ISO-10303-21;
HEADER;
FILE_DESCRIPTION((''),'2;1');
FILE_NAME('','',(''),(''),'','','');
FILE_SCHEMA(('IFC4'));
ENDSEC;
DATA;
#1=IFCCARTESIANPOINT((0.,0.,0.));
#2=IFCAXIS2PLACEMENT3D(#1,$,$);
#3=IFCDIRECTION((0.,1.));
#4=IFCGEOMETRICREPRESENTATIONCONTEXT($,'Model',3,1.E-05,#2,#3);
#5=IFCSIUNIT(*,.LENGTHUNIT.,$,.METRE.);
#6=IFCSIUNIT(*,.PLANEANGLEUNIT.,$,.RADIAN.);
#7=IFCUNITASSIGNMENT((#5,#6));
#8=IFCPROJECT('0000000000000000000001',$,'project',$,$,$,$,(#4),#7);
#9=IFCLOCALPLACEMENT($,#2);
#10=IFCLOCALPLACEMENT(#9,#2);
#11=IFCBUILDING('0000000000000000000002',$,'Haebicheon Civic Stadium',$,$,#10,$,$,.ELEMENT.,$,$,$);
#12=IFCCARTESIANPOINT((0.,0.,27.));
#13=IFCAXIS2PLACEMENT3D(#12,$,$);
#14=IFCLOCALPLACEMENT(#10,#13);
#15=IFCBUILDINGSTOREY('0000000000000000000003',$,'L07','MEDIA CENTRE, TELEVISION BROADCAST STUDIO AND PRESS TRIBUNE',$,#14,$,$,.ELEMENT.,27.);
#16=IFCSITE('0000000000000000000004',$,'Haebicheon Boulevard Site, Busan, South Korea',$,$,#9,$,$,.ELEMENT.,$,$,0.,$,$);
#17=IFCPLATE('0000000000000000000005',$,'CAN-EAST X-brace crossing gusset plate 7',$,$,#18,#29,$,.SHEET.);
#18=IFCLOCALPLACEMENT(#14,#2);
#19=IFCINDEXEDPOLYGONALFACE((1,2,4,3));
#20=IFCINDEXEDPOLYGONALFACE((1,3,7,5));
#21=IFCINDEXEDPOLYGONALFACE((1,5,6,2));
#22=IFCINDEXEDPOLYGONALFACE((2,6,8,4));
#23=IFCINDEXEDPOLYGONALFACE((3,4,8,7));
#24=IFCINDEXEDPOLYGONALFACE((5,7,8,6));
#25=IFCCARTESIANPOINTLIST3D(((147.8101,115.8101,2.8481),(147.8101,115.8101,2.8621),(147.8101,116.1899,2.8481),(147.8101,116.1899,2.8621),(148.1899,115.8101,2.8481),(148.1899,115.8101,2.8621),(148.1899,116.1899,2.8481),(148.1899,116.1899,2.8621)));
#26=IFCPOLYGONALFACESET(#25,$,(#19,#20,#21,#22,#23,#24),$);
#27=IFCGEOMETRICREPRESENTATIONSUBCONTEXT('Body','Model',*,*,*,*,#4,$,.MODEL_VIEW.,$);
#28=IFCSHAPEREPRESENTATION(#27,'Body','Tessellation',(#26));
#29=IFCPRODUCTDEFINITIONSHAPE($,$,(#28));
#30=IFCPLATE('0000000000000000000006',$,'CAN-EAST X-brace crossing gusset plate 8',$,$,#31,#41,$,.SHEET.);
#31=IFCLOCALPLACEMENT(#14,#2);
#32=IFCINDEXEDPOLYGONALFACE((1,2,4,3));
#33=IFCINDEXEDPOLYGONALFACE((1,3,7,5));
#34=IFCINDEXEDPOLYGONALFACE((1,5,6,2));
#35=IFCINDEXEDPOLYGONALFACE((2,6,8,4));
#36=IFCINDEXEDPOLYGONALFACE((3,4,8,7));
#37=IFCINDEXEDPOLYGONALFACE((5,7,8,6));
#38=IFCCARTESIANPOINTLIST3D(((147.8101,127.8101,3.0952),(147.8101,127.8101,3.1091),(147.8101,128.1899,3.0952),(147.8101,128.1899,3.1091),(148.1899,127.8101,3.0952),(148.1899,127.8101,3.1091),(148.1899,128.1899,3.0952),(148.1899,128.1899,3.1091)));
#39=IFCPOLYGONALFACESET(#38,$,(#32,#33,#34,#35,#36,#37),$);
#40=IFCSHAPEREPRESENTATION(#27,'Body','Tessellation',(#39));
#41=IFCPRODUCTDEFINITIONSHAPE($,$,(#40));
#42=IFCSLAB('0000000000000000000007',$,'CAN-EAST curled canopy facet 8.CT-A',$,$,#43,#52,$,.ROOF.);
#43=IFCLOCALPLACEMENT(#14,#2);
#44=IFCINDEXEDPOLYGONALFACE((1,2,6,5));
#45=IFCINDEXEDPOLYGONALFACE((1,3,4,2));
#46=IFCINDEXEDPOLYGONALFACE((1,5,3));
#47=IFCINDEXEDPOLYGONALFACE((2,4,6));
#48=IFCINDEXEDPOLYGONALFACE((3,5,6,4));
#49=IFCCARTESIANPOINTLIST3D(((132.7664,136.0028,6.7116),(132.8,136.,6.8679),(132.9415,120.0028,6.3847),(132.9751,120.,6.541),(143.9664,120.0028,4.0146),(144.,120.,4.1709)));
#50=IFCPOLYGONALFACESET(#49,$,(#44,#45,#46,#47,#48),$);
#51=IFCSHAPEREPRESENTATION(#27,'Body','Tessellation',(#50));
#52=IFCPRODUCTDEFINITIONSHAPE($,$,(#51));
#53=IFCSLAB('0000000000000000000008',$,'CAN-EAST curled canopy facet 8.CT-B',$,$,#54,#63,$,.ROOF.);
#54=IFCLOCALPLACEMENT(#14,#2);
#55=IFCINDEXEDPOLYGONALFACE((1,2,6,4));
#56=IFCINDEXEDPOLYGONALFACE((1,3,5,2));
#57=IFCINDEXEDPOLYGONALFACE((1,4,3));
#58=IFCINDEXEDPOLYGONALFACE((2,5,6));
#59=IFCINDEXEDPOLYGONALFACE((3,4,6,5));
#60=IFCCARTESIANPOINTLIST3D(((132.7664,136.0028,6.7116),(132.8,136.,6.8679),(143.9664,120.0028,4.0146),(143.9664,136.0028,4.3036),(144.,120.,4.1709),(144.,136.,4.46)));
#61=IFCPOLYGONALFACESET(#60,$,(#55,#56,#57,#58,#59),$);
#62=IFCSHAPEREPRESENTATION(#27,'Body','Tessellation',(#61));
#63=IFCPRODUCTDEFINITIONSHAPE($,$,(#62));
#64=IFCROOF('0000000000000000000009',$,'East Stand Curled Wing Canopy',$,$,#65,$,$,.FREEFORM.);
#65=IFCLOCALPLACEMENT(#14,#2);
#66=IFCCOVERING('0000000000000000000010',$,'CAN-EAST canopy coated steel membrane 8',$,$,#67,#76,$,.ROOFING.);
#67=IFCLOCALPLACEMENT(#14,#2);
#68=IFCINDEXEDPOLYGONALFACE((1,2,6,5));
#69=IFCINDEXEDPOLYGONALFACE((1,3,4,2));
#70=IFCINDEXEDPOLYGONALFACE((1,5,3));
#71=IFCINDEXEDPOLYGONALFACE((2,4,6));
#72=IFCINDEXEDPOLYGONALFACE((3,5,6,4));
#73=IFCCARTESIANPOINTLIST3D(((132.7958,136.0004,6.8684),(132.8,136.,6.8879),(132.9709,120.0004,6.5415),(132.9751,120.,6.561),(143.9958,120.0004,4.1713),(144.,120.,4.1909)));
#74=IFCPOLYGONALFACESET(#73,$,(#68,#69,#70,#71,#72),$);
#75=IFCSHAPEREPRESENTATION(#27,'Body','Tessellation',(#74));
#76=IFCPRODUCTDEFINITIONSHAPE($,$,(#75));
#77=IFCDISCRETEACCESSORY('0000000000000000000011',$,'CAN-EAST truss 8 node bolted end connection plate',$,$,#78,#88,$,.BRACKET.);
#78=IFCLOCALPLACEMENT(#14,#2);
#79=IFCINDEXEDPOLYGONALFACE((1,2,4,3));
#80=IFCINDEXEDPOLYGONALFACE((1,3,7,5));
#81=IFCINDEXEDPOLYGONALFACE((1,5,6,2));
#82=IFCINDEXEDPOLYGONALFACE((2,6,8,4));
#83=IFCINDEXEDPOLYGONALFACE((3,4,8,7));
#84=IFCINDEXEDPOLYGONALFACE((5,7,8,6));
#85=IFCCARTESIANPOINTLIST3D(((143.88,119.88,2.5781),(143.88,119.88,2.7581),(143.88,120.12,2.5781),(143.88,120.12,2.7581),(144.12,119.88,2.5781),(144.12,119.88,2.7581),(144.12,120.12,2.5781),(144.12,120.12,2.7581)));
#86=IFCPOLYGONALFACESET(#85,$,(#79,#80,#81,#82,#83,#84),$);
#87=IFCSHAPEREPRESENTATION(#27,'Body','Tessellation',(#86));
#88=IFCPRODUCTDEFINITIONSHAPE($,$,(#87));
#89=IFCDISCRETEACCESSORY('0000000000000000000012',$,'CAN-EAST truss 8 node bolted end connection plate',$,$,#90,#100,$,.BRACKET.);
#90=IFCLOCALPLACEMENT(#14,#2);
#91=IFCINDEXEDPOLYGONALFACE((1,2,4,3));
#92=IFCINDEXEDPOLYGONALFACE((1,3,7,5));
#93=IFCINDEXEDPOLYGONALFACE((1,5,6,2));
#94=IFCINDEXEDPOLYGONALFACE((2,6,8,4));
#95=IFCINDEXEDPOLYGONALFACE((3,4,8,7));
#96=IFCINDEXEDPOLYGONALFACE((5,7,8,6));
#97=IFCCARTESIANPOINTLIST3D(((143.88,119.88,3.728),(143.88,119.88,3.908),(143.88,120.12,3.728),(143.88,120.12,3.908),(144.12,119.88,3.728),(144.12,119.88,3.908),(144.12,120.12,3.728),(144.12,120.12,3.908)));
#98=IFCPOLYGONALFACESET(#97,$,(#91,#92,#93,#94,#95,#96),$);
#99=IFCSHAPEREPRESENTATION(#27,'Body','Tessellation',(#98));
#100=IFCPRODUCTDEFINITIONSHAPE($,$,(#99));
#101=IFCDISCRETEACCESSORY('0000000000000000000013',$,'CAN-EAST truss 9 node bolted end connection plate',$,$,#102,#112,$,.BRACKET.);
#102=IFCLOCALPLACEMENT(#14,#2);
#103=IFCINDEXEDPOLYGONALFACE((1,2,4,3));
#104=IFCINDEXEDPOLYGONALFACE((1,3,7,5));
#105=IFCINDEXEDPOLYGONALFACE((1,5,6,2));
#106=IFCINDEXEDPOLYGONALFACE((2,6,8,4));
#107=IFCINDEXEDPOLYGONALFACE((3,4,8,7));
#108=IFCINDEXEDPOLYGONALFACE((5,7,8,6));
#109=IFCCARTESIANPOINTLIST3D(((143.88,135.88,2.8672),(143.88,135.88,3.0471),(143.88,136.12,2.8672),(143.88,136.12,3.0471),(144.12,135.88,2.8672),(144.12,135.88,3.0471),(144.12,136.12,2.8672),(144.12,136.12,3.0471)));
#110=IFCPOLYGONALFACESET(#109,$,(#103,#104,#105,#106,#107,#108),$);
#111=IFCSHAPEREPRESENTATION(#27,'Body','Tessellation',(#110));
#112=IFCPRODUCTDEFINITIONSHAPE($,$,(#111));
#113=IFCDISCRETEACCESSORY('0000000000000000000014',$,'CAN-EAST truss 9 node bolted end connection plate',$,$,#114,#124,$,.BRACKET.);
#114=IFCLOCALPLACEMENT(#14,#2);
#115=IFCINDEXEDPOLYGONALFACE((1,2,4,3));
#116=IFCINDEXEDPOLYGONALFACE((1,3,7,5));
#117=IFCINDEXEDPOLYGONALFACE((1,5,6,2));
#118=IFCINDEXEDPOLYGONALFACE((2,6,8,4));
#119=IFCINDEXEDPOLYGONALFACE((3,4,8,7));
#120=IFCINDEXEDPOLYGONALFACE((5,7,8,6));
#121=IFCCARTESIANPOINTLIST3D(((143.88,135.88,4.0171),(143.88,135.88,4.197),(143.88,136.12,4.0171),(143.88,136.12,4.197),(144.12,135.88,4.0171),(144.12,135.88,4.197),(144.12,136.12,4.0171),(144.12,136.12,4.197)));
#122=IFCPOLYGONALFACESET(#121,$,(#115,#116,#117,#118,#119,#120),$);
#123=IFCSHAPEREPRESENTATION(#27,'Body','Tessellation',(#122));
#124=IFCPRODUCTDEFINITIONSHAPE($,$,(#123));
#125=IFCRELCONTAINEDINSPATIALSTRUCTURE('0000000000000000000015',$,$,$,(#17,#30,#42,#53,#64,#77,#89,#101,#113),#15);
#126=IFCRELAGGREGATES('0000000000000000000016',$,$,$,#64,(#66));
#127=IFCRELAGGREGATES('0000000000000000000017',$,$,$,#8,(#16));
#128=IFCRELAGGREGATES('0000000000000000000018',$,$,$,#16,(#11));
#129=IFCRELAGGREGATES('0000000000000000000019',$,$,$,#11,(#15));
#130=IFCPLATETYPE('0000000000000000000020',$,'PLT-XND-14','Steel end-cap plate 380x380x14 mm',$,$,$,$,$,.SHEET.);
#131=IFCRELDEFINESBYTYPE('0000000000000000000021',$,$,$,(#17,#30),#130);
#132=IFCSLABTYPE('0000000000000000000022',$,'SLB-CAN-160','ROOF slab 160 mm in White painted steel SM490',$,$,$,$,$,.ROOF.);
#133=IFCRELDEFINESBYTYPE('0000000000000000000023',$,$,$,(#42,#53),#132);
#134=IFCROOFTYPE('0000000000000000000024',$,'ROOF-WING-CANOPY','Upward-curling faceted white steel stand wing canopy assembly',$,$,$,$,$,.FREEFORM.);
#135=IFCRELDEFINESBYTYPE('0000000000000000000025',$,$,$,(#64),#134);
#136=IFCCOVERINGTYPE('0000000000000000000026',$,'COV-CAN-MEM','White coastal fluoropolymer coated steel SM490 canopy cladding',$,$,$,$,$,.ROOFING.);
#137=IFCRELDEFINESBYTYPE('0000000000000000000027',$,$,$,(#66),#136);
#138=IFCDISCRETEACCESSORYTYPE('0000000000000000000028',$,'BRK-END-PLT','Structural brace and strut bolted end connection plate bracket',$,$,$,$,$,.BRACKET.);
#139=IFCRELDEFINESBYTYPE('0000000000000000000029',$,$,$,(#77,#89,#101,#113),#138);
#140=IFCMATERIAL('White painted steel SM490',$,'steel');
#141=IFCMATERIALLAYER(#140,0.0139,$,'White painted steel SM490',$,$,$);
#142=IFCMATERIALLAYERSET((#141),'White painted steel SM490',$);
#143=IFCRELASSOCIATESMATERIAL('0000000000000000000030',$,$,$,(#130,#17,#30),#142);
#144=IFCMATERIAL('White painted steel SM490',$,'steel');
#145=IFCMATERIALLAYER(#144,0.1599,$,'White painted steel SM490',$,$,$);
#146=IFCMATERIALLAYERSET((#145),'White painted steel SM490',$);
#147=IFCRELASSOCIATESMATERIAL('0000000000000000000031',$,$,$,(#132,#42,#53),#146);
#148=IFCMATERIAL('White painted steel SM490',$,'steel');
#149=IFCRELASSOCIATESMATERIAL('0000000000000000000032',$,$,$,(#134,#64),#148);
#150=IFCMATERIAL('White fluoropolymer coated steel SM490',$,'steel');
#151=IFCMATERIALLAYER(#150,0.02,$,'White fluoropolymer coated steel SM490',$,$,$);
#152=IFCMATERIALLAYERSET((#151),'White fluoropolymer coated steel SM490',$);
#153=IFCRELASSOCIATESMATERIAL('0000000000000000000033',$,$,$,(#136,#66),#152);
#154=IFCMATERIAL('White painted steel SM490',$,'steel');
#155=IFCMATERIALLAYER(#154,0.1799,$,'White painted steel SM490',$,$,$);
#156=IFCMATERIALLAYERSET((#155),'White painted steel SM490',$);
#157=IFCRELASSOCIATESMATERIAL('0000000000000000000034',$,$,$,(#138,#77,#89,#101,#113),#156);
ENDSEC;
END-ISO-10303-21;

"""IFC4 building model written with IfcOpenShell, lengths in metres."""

from ifc_helpers import new_model, si_unit, direction, frame, origin, origin_2d, place, context, subcontext, project, spatial, polyline, rectangle, outline, extrude, material, layer, layer_set, type_object, element, aggregate, save


model = new_model("IFC4")

# Units and contexts
model_context = context("Model", 3, precision=1e-05, world=origin(), true_north=direction((0.0, 1.0)))
body_context = subcontext(model_context, "Body", "Model", "MODEL_VIEW")
ifc_project = project(units=[si_unit("LENGTHUNIT", "METRE"), si_unit("PLANEANGLEUNIT", "RADIAN")], contexts=[model_context])

# Site, building, storey
site_placement = place(None, origin())
site = spatial("IfcSite", under=ifc_project, at=site_placement, Name="Haebicheon Boulevard Site, Busan, South Korea", CompositionType="ELEMENT", RefElevation=0.0)
building_placement = place(site_placement, origin())
building = spatial("IfcBuilding", under=site, at=building_placement, Name="Haebicheon Civic Stadium", CompositionType="ELEMENT")
storey_placement = place(building_placement, frame((0.0, 0.0, 27.0)))
storey = spatial("IfcBuildingStorey", under=building, at=storey_placement, Name="L07", Description="MEDIA CENTRE, TELEVISION BROADCAST STUDIO AND PRESS TRIBUNE", CompositionType="ELEMENT", Elevation=27.0)

# Plates
ifc_material_1 = material(Name="White painted steel SM490", Category="steel")
ifc_layer_1 = layer(ifc_material_1, 0.0139, Name="White painted steel SM490")
ifc_layer_set_1 = layer_set([ifc_layer_1], Name="White painted steel SM490")
plate_type_1 = type_object("IfcPlateType", Name="PLT-XND-14", Description="Steel end-cap plate 380x380x14 mm", PredefinedType="SHEET", material=ifc_layer_set_1)
for number, where, z_axis, x_axis, name in (
    (1, (148.0, 116.0, 2.8481), (0.0, 0.0, 1.0), (1.0, 0.0, 0.0), "CAN-EAST X-brace crossing gusset plate 7"),
    (2, (148.0, 128.0, 3.0952), (0.0, 0.0, 1.0), (1.0, 0.0, 0.0), "CAN-EAST X-brace crossing gusset plate 8"),
):
    element("IfcPlate", number, at=place(storey_placement, frame(where, z_axis=z_axis, x_axis=x_axis)), inside=storey, type_object=plate_type_1, material=ifc_layer_set_1, Name=name, PredefinedType="SHEET", context=body_context, shape_type="SweptSolid", body=[
        extrude(rectangle(XDim=0.3799, YDim=0.3799, at=origin_2d()), origin(), (0.0, 0.0, 1.0), 0.0139),
    ])

# Slabs
ifc_material_2 = material(Name="White painted steel SM490", Category="steel")
ifc_layer_2 = layer(ifc_material_2, 0.1599, Name="White painted steel SM490")
ifc_layer_set_2 = layer_set([ifc_layer_2], Name="White painted steel SM490")
slab_type = type_object("IfcSlabType", Name="SLB-CAN-160", Description="ROOF slab 160 mm in White painted steel SM490", PredefinedType="ROOF", material=ifc_layer_set_2)
slab_1_placement = place(storey_placement, frame((144.0, 120.0, 4.1709), z_axis=(0.210144, -0.017673, 0.977511), x_axis=(-0.977663, 0.0, 0.210177)))
element("IfcSlab", 3, at=slab_1_placement, inside=storey, type_object=slab_type, material=ifc_layer_set_2, Name="CAN-EAST curled canopy facet 8.CT-A", PredefinedType="ROOF", context=body_context, shape_type="SweptSolid", body=[
    extrude(outline(polyline([(0.0, 0.0), (11.2768, 0.0), (11.5166, -16.0025), (0.0, 0.0)])), origin(), (0.0, 0.0, -1.0), 0.1599),
])
slab_2_placement = place(storey_placement, frame((144.0, 120.0, 4.1709), z_axis=(0.210161, -0.01766, 0.977507), x_axis=(-0.56807, 0.811532, 0.136795)))
element("IfcSlab", 4, at=slab_2_placement, inside=storey, type_object=slab_type, material=ifc_layer_set_2, Name="CAN-EAST curled canopy facet 8.CT-B", PredefinedType="ROOF", context=body_context, shape_type="SweptSolid", body=[
    extrude(outline(polyline([(0.0, 0.0), (19.7158, 0.0), (13.0241, -9.2983), (0.0, 0.0)])), origin(), (0.0, 0.0, -1.0), 0.1599),
])

# Roof, covering
ifc_material_3 = material(Name="White painted steel SM490", Category="steel")
roof_type = type_object("IfcRoofType", Name="ROOF-WING-CANOPY", Description="Upward-curling faceted white steel stand wing canopy assembly", PredefinedType="FREEFORM", material=ifc_material_3)
roof_placement = place(storey_placement, origin())
roof = element("IfcRoof", 5, at=roof_placement, inside=storey, type_object=roof_type, material=ifc_material_3, Name="East Stand Curled Wing Canopy", PredefinedType="FREEFORM")
ifc_material_4 = material(Name="White fluoropolymer coated steel SM490", Category="steel")
ifc_layer_3 = layer(ifc_material_4, 0.02, Name="White fluoropolymer coated steel SM490")
ifc_layer_set_3 = layer_set([ifc_layer_3], Name="White fluoropolymer coated steel SM490")
covering_type = type_object("IfcCoveringType", Name="COV-CAN-MEM", Description="White coastal fluoropolymer coated steel SM490 canopy cladding", PredefinedType="ROOFING", material=ifc_layer_set_3)
covering_placement = place(storey_placement, frame((144.0, 120.0, 4.1909), z_axis=(0.210144, -0.017673, 0.977511), x_axis=(-0.977663, 0.0, 0.210177)))
covering = element("IfcCovering", 6, at=covering_placement, type_object=covering_type, material=ifc_layer_set_3, Name="CAN-EAST canopy coated steel membrane 8", PredefinedType="ROOFING", context=body_context, shape_type="SweptSolid", body=[
    extrude(outline(polyline([(0.0, 0.0), (11.2768, 0.0), (11.5166, -16.0025), (0.0, 0.0)])), origin(), (0.0, 0.0, -1.0), 0.02),
])
aggregate(roof, [covering])

# Discrete accessories
ifc_material_5 = material(Name="White painted steel SM490", Category="steel")
ifc_layer_4 = layer(ifc_material_5, 0.1799, Name="White painted steel SM490")
ifc_layer_set_4 = layer_set([ifc_layer_4], Name="White painted steel SM490")
discrete_accessory_type = type_object("IfcDiscreteAccessoryType", Name="BRK-END-PLT", Description="Structural brace and strut bolted end connection plate bracket", PredefinedType="BRACKET", material=ifc_layer_set_4)
for number, where, z_axis, x_axis, name in (
    (7, (144.0, 120.0, 2.5781), (0.0, 0.0, 1.0), (1.0, 0.0, 0.0), "CAN-EAST truss 8 node bolted end connection plate"),
    (8, (144.0, 120.0, 3.728), (0.0, 0.0, 1.0), (1.0, 0.0, 0.0), "CAN-EAST truss 8 node bolted end connection plate"),
    (9, (144.0, 136.0, 2.8672), (0.0, 0.0, 1.0), (1.0, 0.0, 0.0), "CAN-EAST truss 9 node bolted end connection plate"),
    (10, (144.0, 136.0, 4.0171), (0.0, 0.0, 1.0), (1.0, 0.0, 0.0), "CAN-EAST truss 9 node bolted end connection plate"),
):
    element("IfcDiscreteAccessory", number, at=place(storey_placement, frame(where, z_axis=z_axis, x_axis=x_axis)), inside=storey, type_object=discrete_accessory_type, material=ifc_layer_set_4, Name=name, PredefinedType="BRACKET", context=body_context, shape_type="SweptSolid", body=[
        extrude(rectangle(XDim=0.24, YDim=0.24, at=origin_2d()), origin(), (0.0, 0.0, 1.0), 0.1799),
    ])

save(model, "model.ifc")
